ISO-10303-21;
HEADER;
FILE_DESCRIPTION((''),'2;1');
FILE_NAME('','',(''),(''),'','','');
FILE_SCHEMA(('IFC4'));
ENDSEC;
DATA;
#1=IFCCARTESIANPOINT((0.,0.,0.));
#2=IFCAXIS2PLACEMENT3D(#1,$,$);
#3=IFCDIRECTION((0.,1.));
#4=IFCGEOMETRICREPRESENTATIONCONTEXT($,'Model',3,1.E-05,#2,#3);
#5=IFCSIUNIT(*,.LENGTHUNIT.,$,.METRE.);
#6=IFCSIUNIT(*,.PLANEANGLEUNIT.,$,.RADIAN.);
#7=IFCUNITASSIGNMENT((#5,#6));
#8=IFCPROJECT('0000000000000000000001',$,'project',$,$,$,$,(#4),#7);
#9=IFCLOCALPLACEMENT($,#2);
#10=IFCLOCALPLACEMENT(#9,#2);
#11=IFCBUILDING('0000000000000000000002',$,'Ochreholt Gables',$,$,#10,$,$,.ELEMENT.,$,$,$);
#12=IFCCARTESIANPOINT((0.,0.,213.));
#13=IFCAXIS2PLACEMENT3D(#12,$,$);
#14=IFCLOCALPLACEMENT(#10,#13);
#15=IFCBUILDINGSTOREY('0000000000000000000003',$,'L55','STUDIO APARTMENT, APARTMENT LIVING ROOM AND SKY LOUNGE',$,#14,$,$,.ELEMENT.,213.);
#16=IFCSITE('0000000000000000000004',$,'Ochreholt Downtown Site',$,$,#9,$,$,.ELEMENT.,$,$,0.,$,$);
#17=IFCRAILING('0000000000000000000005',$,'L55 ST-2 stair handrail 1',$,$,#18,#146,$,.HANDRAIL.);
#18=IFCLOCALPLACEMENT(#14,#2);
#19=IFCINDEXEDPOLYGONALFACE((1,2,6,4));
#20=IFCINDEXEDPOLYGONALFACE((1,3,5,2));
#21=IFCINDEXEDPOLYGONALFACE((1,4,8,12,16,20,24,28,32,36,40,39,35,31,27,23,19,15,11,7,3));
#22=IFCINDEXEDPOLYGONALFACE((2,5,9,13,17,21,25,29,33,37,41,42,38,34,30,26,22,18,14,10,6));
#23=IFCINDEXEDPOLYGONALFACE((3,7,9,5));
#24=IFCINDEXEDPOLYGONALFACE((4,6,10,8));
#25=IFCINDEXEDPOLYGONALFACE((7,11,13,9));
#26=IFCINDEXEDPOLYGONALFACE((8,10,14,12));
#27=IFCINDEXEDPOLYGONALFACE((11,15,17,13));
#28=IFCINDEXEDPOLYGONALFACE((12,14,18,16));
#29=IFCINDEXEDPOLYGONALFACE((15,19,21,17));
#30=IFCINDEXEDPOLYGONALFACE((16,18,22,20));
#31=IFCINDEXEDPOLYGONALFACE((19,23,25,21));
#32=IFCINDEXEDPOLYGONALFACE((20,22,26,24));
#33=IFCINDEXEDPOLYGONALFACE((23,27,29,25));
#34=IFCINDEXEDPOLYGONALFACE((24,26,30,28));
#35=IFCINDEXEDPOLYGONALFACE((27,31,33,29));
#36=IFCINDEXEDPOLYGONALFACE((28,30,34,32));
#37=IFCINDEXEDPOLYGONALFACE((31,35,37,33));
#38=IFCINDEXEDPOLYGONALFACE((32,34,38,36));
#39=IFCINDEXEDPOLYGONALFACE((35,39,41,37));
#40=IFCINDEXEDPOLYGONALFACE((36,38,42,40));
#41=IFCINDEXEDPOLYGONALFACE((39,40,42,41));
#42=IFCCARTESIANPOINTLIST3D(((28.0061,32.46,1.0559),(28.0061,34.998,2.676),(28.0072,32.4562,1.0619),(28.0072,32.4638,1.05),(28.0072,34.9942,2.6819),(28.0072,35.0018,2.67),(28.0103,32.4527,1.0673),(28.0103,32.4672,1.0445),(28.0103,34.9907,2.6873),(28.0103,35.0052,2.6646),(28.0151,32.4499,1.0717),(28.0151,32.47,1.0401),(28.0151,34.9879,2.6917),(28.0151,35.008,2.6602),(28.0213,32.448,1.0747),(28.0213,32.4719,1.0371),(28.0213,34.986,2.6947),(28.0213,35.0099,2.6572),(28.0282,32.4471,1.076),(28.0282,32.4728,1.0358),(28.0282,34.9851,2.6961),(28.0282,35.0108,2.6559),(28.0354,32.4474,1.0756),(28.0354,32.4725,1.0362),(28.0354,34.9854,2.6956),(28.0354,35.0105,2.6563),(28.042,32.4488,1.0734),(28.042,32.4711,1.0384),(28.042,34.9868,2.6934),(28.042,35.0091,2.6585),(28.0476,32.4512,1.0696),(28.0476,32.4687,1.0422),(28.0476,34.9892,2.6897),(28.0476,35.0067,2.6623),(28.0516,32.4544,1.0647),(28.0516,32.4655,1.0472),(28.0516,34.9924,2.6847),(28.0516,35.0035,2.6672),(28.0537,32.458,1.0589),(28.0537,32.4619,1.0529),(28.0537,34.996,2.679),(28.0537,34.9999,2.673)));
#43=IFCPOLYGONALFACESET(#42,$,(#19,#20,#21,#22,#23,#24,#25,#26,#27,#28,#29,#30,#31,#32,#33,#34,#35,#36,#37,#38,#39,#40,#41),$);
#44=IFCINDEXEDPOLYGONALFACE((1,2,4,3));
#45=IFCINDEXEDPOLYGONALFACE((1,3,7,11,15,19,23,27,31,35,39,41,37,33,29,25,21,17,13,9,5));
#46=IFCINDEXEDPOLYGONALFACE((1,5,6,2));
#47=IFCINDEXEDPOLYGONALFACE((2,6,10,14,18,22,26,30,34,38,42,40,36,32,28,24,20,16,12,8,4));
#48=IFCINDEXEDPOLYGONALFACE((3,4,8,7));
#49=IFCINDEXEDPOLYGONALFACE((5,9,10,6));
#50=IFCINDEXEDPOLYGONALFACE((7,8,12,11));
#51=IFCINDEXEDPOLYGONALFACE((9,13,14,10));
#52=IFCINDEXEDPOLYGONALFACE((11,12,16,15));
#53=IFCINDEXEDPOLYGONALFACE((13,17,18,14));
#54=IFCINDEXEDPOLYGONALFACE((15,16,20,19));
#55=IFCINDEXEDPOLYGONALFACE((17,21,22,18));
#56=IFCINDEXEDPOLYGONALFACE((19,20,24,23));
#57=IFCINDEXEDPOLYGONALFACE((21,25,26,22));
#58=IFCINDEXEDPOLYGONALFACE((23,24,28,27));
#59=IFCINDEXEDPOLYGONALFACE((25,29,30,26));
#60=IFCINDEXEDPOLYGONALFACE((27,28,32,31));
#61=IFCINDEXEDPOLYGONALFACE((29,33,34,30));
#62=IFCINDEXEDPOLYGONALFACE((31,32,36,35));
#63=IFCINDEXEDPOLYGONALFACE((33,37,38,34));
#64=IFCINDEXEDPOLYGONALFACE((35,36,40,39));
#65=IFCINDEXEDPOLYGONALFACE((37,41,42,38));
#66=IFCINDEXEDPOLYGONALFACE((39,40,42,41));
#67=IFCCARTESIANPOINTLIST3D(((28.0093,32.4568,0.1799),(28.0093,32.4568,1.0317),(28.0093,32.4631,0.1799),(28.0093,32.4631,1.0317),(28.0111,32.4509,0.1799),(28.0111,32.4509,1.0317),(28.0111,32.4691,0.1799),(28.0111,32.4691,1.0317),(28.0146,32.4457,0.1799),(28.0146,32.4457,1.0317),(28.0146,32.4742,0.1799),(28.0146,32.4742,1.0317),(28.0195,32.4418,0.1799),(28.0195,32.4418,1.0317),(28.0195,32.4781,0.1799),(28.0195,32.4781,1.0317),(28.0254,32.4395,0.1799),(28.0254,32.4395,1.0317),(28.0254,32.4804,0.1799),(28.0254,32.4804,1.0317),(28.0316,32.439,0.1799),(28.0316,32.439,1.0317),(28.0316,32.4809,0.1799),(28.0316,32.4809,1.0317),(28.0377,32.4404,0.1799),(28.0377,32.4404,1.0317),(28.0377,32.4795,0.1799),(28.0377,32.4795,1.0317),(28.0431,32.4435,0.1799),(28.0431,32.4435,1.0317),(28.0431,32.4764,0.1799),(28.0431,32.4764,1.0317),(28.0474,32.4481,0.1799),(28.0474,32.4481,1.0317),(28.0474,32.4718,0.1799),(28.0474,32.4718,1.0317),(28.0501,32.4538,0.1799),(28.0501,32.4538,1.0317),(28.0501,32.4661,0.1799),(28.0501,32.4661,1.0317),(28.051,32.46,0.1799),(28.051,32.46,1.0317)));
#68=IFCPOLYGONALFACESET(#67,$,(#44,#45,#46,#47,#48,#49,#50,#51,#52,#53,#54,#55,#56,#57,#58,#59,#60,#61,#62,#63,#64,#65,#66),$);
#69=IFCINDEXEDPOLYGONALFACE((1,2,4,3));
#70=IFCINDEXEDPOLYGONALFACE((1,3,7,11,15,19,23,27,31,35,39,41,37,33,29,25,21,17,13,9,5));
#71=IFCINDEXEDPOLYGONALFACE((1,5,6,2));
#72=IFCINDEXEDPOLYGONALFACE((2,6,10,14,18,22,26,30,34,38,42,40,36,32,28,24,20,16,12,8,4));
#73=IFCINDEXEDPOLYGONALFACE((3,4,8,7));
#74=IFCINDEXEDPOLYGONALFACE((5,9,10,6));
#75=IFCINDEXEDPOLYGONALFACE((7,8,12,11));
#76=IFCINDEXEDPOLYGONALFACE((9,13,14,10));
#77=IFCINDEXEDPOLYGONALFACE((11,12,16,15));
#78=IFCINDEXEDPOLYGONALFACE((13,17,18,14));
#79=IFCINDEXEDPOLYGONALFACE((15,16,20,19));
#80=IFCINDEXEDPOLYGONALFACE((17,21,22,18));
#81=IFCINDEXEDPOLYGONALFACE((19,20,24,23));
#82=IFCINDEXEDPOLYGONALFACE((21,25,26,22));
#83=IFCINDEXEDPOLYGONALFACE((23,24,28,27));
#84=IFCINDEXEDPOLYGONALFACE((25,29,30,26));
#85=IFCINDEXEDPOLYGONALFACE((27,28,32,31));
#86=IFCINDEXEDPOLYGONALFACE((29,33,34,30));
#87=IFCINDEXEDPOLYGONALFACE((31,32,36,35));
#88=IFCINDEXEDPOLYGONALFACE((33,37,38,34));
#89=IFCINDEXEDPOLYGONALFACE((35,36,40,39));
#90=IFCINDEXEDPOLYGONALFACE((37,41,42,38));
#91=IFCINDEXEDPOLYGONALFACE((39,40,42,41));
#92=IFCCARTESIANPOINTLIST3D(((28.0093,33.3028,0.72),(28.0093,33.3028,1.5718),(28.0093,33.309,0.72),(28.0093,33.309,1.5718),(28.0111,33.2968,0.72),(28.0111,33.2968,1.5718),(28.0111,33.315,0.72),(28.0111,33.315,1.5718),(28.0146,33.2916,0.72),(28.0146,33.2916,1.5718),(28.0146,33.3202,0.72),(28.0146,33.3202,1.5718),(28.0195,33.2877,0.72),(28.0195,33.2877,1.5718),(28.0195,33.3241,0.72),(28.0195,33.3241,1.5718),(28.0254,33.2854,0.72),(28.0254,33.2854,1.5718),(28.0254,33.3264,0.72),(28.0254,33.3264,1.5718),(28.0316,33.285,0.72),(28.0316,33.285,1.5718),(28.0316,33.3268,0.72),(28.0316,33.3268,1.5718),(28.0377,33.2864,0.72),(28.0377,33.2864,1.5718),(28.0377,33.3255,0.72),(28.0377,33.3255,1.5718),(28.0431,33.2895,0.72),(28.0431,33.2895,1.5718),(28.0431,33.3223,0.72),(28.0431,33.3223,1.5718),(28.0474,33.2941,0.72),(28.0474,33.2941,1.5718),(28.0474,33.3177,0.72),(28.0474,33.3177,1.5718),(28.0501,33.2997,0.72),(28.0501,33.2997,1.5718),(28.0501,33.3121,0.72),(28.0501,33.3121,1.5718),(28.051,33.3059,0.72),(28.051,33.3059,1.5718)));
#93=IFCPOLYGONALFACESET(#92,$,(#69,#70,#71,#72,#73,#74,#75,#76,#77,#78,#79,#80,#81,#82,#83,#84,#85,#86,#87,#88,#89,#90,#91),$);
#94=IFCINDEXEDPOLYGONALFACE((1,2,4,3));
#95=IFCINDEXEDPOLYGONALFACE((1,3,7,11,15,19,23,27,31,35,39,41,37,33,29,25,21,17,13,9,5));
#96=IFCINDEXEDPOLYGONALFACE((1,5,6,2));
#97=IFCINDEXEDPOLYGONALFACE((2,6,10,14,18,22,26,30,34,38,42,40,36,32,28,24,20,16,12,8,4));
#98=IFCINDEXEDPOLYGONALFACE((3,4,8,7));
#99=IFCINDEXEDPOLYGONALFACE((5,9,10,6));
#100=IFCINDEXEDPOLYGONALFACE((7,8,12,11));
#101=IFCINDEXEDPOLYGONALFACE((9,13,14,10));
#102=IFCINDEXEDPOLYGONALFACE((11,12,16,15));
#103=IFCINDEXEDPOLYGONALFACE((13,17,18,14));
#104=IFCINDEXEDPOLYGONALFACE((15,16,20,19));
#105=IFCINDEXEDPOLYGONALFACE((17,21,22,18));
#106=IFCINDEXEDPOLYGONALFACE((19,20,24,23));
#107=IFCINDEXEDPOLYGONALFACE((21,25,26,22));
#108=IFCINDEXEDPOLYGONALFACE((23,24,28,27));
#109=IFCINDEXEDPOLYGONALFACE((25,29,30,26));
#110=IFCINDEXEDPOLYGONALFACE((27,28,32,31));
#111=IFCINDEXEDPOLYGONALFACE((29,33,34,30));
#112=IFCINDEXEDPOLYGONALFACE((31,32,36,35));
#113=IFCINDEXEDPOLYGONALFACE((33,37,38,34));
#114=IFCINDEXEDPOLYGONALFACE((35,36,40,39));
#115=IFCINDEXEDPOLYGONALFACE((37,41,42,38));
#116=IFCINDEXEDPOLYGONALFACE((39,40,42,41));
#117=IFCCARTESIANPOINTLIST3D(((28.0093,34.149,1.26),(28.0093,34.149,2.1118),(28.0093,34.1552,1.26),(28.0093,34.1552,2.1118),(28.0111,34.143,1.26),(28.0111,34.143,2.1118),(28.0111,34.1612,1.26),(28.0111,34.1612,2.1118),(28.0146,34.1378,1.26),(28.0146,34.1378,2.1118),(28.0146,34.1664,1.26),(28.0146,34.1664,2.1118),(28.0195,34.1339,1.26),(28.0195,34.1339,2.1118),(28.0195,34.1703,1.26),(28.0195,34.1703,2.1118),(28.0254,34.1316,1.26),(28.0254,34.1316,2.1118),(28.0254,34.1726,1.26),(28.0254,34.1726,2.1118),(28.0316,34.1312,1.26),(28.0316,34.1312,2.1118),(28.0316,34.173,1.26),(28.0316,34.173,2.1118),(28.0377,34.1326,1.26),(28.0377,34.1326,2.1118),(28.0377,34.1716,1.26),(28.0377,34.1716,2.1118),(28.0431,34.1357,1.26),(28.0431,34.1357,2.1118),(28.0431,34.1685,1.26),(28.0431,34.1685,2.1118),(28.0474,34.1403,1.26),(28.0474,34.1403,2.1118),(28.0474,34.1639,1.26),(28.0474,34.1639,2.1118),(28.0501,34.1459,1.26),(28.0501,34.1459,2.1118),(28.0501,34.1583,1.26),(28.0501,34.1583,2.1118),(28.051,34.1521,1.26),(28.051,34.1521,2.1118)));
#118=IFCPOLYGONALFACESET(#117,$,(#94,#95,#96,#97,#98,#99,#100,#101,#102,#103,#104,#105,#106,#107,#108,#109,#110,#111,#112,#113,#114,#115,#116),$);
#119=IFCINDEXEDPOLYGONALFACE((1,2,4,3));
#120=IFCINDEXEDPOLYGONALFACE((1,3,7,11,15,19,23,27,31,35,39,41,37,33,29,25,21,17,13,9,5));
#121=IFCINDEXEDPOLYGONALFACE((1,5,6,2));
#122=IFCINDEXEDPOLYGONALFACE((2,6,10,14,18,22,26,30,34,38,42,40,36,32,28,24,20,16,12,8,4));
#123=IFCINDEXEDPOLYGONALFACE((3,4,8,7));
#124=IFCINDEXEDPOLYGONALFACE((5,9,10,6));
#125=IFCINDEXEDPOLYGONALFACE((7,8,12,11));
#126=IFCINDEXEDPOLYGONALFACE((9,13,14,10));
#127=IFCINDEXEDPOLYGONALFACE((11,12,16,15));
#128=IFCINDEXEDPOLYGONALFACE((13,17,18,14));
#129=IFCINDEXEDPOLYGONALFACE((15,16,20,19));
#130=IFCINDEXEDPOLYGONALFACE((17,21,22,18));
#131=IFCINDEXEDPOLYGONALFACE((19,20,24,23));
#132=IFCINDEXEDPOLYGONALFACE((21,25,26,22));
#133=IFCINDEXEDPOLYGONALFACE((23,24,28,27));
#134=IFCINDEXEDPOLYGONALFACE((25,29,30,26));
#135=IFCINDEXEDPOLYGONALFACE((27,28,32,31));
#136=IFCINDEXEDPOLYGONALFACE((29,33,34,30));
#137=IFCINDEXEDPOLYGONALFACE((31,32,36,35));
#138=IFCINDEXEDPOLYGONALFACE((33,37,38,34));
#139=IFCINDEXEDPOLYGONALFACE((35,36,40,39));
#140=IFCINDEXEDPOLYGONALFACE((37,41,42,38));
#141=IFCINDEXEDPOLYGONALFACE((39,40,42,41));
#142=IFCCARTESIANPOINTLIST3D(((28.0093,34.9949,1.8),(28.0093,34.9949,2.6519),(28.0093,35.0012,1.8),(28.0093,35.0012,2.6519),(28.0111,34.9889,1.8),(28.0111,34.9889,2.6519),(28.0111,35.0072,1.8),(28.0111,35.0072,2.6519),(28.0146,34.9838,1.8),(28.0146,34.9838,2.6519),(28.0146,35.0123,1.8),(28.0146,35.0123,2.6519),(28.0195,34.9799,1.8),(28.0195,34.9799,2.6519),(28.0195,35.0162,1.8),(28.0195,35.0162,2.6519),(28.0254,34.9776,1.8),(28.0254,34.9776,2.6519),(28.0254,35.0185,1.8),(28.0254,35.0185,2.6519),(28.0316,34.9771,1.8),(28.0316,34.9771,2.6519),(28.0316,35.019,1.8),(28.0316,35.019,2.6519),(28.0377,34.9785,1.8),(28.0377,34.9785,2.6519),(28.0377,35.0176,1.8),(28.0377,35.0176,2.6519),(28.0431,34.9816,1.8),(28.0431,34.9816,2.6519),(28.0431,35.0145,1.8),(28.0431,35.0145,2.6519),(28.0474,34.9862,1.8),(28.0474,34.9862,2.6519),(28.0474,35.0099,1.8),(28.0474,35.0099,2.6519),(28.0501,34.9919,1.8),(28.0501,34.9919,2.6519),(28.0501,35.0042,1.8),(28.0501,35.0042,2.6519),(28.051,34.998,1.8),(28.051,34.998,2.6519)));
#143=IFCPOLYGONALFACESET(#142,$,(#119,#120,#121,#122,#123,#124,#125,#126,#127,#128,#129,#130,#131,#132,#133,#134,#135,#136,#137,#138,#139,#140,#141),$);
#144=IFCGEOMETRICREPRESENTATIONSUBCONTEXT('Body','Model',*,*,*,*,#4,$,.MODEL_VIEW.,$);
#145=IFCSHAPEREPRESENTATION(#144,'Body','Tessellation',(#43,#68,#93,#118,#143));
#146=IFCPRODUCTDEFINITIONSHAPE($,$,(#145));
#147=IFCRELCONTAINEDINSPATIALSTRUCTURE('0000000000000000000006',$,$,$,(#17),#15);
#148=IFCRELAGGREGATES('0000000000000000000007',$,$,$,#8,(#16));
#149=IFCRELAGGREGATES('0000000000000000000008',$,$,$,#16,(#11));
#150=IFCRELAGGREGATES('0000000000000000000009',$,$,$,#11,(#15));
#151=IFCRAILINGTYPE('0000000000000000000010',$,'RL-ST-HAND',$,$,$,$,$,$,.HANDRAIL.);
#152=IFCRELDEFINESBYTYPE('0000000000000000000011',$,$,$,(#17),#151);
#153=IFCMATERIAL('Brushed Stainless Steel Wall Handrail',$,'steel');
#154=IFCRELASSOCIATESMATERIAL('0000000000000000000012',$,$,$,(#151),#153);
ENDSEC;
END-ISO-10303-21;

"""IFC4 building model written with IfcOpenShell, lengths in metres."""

from ifc_helpers import new_model, si_unit, direction, frame, origin, origin_2d, place, context, subcontext, project, spatial, circle, extrude, material, type_object, element, save


model = new_model("IFC4")

# Units and contexts
model_context = context("Model", 3, precision=1e-05, world=origin(), true_north=direction((0.0, 1.0)))
body_context = subcontext(model_context, "Body", "Model", "MODEL_VIEW")
ifc_project = project(units=[si_unit("LENGTHUNIT", "METRE"), si_unit("PLANEANGLEUNIT", "RADIAN")], contexts=[model_context])

# Site, building, storey
site_placement = place(None, origin())
site = spatial("IfcSite", under=ifc_project, at=site_placement, Name="Ochreholt Downtown Site", CompositionType="ELEMENT", RefElevation=0.0)
building_placement = place(site_placement, origin())
building = spatial("IfcBuilding", under=site, at=building_placement, Name="Ochreholt Gables", CompositionType="ELEMENT")
storey_placement = place(building_placement, frame((0.0, 0.0, 213.0)))
storey = spatial("IfcBuildingStorey", under=building, at=storey_placement, Name="L55", Description="STUDIO APARTMENT, APARTMENT LIVING ROOM AND SKY LOUNGE", CompositionType="ELEMENT", Elevation=213.0)

# Railing
ifc_material_1 = material(Name="Brushed Stainless Steel Wall Handrail", Category="steel")
railing_type_1 = type_object("IfcRailingType", Name="RL-ST-HAND", PredefinedType="HANDRAIL", material=ifc_material_1)
railing_1_placement = place(storey_placement, frame((28.03, 32.46, 0.1799)))
element("IfcRailing", 1, at=railing_1_placement, inside=storey, type_object=railing_type_1, Name="L55 ST-2 stair handrail 1", PredefinedType="HANDRAIL", context=body_context, shape_type="SweptSolid", body=[
    extrude(circle(Radius=0.0239, at=origin_2d()), frame((0.0, 0.0, 0.876), z_axis=(0.0, 0.842913, 0.53805), x_axis=(-1.0, 0.0, 0.0)), (0.0, 0.0, 1.0), 3.011),
    extrude(circle(Radius=0.021, at=origin_2d()), origin(), (0.0, 0.0, 1.0), 0.8518),
    extrude(circle(Radius=0.021, at=origin_2d()), frame((0.0, 0.8459, 0.54)), (0.0, 0.0, 1.0), 0.8518),
    extrude(circle(Radius=0.021, at=origin_2d()), frame((0.0, 1.6921, 1.0801)), (0.0, 0.0, 1.0), 0.8518),
    extrude(circle(Radius=0.021, at=origin_2d()), frame((0.0, 2.5381, 1.6201)), (0.0, 0.0, 1.0), 0.8518),
])

save(model, "model.ifc")
